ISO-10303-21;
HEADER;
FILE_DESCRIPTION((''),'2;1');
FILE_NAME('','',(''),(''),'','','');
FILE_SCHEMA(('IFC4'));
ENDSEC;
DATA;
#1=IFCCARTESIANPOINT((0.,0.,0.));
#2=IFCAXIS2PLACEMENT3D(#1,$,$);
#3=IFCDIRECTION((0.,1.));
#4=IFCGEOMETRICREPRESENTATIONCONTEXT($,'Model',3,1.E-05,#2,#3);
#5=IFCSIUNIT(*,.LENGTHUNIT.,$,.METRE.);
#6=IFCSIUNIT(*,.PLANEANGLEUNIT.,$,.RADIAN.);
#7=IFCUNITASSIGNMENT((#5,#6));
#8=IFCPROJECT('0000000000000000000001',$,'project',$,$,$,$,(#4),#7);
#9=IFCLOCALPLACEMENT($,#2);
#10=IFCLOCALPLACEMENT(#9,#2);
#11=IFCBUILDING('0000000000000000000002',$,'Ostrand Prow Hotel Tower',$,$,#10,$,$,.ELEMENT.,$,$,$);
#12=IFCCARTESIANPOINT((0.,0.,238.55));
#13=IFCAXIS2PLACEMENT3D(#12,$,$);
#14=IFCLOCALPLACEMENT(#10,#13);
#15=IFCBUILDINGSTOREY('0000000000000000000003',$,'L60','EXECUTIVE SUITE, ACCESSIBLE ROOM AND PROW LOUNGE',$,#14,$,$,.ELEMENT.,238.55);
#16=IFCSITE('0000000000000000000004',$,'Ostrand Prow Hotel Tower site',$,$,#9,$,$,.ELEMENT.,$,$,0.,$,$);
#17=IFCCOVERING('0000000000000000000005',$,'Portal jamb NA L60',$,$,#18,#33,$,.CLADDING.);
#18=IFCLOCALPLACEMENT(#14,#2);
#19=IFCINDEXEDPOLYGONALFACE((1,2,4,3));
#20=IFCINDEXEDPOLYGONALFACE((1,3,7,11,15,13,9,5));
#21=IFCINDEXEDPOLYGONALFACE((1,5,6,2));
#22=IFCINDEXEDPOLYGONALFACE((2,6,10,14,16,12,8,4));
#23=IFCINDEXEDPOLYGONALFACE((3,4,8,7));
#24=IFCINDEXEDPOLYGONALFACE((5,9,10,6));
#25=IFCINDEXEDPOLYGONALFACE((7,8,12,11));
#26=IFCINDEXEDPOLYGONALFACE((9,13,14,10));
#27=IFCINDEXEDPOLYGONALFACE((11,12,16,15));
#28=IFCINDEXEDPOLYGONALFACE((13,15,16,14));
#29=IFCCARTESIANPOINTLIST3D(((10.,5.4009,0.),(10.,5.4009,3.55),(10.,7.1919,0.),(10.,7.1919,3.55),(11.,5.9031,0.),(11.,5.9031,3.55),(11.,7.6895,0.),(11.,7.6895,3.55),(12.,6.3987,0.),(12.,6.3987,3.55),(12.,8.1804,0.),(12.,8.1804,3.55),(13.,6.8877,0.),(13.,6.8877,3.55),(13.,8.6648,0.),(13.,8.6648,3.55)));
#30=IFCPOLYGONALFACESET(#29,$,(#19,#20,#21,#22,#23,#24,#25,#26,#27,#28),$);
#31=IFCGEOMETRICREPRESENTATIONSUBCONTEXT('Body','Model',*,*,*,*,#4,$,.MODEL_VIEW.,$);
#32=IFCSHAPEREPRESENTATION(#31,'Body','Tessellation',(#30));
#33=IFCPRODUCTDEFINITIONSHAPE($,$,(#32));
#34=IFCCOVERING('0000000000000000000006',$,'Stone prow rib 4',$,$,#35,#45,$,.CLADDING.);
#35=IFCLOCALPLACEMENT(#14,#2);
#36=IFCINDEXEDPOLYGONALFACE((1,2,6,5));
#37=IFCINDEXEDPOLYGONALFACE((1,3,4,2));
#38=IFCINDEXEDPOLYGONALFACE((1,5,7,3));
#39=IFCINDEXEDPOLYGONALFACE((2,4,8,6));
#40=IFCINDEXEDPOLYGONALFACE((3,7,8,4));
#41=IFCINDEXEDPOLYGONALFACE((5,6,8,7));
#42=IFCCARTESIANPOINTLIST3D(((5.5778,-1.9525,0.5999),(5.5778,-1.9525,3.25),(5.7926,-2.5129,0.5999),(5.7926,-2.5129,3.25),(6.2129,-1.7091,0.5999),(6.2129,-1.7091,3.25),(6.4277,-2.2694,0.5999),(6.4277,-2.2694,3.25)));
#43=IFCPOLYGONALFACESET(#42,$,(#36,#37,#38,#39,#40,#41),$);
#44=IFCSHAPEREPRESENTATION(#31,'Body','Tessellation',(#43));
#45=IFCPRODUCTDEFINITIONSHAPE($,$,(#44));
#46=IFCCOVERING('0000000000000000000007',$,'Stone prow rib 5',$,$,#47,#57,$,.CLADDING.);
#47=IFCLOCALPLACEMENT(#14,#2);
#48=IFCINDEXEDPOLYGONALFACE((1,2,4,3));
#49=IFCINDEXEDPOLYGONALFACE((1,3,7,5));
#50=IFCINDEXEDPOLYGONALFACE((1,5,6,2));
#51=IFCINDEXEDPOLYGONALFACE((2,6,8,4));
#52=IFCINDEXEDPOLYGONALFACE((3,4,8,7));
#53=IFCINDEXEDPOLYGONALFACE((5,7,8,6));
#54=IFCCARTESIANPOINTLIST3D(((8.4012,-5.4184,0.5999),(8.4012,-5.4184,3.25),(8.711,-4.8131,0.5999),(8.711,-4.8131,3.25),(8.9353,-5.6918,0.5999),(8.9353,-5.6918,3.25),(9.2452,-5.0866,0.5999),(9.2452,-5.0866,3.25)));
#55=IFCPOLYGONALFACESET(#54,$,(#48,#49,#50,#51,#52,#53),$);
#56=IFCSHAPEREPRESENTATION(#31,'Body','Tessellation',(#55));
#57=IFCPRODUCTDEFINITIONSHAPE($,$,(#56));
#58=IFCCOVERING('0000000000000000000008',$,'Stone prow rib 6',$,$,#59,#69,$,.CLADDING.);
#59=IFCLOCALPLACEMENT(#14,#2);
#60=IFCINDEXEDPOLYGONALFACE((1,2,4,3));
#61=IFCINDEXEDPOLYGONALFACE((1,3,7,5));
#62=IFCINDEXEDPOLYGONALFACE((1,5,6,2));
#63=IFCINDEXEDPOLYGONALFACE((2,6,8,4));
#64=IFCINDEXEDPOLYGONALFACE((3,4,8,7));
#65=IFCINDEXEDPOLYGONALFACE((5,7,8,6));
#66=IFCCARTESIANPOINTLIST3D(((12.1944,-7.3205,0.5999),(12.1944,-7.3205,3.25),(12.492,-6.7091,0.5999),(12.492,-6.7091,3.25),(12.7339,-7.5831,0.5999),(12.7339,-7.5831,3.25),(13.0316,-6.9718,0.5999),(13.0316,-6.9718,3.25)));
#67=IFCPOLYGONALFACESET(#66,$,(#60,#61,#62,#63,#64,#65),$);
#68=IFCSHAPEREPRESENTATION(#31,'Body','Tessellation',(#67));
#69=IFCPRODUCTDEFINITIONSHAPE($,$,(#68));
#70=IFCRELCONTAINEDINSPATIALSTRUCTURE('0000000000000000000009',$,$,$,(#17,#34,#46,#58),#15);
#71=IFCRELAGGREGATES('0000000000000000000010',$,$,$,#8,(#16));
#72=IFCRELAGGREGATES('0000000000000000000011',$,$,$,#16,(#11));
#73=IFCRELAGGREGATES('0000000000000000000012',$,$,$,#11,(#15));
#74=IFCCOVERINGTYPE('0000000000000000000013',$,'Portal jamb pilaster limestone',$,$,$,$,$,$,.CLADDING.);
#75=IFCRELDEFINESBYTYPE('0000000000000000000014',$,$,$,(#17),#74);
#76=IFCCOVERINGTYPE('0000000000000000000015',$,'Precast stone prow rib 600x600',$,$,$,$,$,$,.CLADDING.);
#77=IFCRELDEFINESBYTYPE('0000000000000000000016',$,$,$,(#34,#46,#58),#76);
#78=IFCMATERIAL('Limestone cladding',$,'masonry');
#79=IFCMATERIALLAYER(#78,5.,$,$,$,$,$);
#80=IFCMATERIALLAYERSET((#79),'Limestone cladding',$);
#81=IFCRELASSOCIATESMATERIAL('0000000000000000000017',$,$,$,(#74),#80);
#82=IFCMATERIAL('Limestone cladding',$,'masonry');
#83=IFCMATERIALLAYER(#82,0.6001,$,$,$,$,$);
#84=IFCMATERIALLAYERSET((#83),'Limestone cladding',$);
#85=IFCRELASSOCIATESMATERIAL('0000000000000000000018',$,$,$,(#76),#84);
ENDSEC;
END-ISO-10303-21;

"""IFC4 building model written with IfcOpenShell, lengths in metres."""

from ifc_helpers import new_model, si_unit, direction, frame, frame_2d, origin, place, context, subcontext, project, spatial, polyline, rectangle, outline, extrude, material, layer, layer_set, type_object, element, save


model = new_model("IFC4")

# Units and contexts
model_context = context("Model", 3, precision=1e-05, world=origin(), true_north=direction((0.0, 1.0)))
body_context = subcontext(model_context, "Body", "Model", "MODEL_VIEW")
ifc_project = project(units=[si_unit("LENGTHUNIT", "METRE"), si_unit("PLANEANGLEUNIT", "RADIAN")], contexts=[model_context])

# Site, building, storey
site_placement = place(None, origin())
site = spatial("IfcSite", under=ifc_project, at=site_placement, Name="Ostrand Prow Hotel Tower site", CompositionType="ELEMENT", RefElevation=0.0)
building_placement = place(site_placement, origin())
building = spatial("IfcBuilding", under=site, at=building_placement, Name="Ostrand Prow Hotel Tower", CompositionType="ELEMENT")
storey_placement = place(building_placement, frame((0.0, 0.0, 238.55)))
storey = spatial("IfcBuildingStorey", under=building, at=storey_placement, Name="L60", Description="EXECUTIVE SUITE, ACCESSIBLE ROOM AND PROW LOUNGE", CompositionType="ELEMENT", Elevation=238.55)

# Coverings
ifc_material_1 = material(Name="Limestone cladding", Category="masonry")
ifc_layer_1 = layer(ifc_material_1, 5.0)
ifc_layer_set_1 = layer_set([ifc_layer_1], Name="Limestone cladding")
covering_type_1 = type_object("IfcCoveringType", Name="Portal jamb pilaster limestone", PredefinedType="CLADDING", material=ifc_layer_set_1)
covering_1_placement = place(storey_placement, origin())
element("IfcCovering", 1, at=covering_1_placement, inside=storey, type_object=covering_type_1, Name="Portal jamb NA L60", PredefinedType="CLADDING", context=body_context, shape_type="SweptSolid", body=[
    extrude(outline(polyline([(10.0, 5.4009), (11.0, 5.9031), (12.0, 6.3987), (13.0, 6.8877), (13.0, 8.6648), (12.0, 8.1804), (11.0, 7.6895), (10.0, 7.1919), (10.0, 5.4009)])), origin(), (0.0, 0.0, 1.0), 3.55),
])
ifc_material_2 = material(Name="Limestone cladding", Category="masonry")
ifc_layer_2 = layer(ifc_material_2, 0.6001)
ifc_layer_set_2 = layer_set([ifc_layer_2], Name="Limestone cladding")
covering_type_2 = type_object("IfcCoveringType", Name="Precast stone prow rib 600x600", PredefinedType="CLADDING", material=ifc_layer_set_2)
covering_2_placement = place(storey_placement, frame((6.3203, -1.9893, 0.5999), z_axis=(0.0, 0.0, 1.0), x_axis=(-0.933752, -0.35792, 0.0)))
element("IfcCovering", 2, at=covering_2_placement, inside=storey, type_object=covering_type_2, Name="Stone prow rib 4", PredefinedType="CLADDING", context=body_context, shape_type="SweptSolid", body=[
    extrude(rectangle(XDim=0.6802, YDim=0.6001, at=frame_2d((0.3401, 0.0))), origin(), (0.0, 0.0, 1.0), 2.6501),
])
for number, where, z_axis, x_axis, name in (
    (3, (8.978, -4.95, 0.5999), (0.0, 0.0, 1.0), (-0.455668, -0.89015, 0.0), "Stone prow rib 5"),
    (4, (12.7617, -6.8406, 0.5999), (0.0, 0.0, 1.0), (-0.437709, -0.899117, 0.0), "Stone prow rib 6"),
):
    element("IfcCovering", number, at=place(storey_placement, frame(where, z_axis=z_axis, x_axis=x_axis)), inside=storey, type_object=covering_type_2, Name=name, PredefinedType="CLADDING", context=body_context, shape_type="SweptSolid", body=[
        extrude(rectangle(XDim=0.6799, YDim=0.6001, at=frame_2d((0.3398, 0.0))), origin(), (0.0, 0.0, 1.0), 2.6501),
    ])

save(model, "model.ifc")
